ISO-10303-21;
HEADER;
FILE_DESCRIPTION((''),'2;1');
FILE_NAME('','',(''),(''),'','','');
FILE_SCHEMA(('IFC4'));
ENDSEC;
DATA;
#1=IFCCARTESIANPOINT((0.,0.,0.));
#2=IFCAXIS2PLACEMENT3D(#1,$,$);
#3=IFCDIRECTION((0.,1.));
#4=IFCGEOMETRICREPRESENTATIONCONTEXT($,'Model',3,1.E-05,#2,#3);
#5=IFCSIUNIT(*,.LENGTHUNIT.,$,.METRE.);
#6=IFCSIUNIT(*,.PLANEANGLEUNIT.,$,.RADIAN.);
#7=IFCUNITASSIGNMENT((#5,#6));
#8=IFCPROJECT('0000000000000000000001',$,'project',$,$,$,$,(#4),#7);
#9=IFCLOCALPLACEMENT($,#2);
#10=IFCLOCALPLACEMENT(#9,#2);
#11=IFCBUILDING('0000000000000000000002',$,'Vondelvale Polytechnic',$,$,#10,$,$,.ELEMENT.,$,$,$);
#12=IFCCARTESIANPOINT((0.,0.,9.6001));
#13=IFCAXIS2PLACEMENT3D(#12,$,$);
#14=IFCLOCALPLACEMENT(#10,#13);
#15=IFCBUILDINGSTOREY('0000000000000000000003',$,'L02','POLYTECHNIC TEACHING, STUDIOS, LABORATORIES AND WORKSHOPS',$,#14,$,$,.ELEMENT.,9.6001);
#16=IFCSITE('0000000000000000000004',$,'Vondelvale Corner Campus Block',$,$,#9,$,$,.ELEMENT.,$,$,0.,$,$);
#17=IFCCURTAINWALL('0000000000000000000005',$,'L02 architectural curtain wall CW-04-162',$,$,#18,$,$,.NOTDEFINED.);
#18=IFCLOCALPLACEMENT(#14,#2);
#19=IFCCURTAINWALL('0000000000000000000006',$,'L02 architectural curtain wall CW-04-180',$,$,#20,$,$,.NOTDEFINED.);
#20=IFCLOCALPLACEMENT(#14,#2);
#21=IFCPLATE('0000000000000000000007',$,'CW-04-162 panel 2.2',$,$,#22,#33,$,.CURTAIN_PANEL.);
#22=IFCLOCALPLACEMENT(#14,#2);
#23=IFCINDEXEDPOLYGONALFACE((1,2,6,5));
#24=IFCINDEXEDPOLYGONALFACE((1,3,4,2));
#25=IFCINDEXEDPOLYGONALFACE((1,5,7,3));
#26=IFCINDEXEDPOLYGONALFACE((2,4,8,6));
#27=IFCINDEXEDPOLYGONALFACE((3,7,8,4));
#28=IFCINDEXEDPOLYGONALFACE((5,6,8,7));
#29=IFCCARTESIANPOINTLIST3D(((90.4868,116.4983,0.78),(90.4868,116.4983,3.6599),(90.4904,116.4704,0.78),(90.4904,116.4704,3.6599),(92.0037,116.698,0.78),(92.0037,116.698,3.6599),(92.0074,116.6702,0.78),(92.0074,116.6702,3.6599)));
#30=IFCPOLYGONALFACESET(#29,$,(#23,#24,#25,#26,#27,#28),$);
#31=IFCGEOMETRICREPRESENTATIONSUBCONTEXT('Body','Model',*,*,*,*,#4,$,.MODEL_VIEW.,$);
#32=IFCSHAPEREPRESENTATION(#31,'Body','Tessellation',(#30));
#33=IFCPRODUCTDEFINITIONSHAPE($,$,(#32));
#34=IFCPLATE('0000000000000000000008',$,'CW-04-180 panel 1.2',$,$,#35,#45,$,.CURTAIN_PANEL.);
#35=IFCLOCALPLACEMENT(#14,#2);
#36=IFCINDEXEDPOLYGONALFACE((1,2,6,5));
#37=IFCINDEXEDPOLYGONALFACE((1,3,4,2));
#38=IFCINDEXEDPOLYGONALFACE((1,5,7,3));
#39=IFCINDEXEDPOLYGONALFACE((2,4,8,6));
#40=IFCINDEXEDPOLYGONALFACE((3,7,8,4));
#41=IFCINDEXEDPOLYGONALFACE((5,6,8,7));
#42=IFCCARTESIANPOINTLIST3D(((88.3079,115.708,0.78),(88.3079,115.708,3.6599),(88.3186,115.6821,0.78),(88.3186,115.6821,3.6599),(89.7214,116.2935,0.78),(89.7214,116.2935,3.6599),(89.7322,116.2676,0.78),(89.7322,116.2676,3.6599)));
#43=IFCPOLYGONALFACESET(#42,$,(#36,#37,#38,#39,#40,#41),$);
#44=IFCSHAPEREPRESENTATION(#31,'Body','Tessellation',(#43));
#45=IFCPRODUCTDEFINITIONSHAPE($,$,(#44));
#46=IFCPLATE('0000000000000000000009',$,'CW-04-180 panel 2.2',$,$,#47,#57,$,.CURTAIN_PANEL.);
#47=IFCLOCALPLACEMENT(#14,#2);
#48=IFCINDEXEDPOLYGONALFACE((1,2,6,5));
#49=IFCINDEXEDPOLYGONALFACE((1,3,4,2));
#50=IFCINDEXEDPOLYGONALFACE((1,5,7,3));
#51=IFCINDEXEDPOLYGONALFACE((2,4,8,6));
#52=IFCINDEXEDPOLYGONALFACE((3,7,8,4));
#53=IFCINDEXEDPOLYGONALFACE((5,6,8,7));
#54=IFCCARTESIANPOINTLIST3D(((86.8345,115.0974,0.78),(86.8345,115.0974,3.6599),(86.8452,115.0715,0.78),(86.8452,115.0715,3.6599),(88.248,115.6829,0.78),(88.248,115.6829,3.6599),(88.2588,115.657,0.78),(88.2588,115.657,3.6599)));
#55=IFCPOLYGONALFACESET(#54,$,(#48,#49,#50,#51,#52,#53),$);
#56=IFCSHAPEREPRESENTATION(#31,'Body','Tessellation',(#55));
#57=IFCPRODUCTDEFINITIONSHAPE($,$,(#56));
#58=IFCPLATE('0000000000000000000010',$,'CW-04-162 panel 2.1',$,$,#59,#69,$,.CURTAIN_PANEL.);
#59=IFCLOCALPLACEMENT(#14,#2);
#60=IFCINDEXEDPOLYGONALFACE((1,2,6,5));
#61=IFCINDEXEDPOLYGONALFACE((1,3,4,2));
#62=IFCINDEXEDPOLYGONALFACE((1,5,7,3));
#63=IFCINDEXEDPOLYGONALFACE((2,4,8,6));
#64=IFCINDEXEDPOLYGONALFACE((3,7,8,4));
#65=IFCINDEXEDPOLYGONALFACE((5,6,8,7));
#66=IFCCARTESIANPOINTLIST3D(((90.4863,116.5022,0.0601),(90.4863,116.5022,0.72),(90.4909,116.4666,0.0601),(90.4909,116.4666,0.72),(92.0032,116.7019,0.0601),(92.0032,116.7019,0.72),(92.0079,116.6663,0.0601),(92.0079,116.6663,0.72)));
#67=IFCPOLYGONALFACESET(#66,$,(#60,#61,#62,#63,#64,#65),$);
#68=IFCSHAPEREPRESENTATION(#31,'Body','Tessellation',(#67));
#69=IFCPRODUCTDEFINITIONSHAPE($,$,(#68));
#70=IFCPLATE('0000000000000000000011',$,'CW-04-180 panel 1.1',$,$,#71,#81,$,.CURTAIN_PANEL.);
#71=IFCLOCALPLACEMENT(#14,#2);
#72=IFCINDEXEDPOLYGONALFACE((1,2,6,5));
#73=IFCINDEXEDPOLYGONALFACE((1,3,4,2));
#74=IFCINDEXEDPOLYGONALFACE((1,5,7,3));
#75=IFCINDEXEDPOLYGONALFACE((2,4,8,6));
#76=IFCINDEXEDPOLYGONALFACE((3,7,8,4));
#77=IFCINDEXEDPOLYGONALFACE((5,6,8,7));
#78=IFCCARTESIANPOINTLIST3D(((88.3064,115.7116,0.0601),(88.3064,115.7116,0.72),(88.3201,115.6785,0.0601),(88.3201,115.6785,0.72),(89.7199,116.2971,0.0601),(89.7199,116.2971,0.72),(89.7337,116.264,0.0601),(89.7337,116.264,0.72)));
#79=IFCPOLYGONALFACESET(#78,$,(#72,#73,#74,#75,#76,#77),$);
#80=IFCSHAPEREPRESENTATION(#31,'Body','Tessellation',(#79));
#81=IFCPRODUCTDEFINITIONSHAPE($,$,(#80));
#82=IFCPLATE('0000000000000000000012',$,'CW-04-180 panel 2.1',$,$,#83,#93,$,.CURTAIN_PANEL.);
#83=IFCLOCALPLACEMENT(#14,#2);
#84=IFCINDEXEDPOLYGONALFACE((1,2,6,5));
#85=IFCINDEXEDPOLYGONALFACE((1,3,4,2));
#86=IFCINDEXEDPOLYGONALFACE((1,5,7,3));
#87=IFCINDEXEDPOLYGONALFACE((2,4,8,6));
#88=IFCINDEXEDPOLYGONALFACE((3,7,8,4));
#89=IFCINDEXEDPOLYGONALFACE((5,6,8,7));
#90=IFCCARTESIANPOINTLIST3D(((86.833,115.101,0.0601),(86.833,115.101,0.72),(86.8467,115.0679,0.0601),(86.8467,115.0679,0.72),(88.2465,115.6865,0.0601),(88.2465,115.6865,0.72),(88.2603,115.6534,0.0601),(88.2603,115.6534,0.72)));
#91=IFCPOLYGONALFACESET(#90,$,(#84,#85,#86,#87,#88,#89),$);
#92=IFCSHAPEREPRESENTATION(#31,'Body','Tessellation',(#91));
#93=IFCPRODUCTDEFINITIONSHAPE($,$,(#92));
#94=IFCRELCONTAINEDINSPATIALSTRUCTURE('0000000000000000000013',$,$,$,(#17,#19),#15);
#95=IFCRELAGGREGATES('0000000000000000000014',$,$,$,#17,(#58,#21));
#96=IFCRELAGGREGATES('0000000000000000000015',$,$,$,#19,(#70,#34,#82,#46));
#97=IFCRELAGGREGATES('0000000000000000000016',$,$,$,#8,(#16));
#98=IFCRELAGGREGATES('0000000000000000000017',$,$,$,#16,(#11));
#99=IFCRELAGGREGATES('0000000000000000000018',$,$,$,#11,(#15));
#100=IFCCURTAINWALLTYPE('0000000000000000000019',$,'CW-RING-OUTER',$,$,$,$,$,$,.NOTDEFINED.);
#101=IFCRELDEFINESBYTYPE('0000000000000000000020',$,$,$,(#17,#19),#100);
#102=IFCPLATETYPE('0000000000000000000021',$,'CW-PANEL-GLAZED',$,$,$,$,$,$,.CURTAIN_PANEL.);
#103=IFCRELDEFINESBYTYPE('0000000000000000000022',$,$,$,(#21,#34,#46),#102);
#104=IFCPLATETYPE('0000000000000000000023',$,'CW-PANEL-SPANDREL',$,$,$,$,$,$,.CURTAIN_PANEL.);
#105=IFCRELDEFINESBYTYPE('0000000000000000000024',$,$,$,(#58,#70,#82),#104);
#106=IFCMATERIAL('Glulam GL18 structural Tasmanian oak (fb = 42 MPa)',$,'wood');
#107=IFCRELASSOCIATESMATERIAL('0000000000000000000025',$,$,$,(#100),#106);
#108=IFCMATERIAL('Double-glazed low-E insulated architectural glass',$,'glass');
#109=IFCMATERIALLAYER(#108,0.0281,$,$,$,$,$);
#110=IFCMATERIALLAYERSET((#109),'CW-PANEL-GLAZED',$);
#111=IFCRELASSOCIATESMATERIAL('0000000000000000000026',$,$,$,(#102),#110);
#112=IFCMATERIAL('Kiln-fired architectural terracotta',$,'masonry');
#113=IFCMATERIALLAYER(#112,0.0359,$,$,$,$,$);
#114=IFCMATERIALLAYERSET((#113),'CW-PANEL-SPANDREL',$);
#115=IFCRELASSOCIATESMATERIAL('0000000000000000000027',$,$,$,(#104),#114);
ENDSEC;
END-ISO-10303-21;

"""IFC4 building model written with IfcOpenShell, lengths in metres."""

from ifc_helpers import new_model, si_unit, direction, frame, origin, origin_2d, place, context, subcontext, project, spatial, rectangle, extrude, material, layer, layer_set, type_object, element, aggregate, save


model = new_model("IFC4")

# Units and contexts
model_context = context("Model", 3, precision=1e-05, world=origin(), true_north=direction((0.0, 1.0)))
body_context = subcontext(model_context, "Body", "Model", "MODEL_VIEW")
ifc_project = project(units=[si_unit("LENGTHUNIT", "METRE"), si_unit("PLANEANGLEUNIT", "RADIAN")], contexts=[model_context])

# Site, building, storey
site_placement = place(None, origin())
site = spatial("IfcSite", under=ifc_project, at=site_placement, Name="Vondelvale Corner Campus Block", CompositionType="ELEMENT", RefElevation=0.0)
building_placement = place(site_placement, origin())
building = spatial("IfcBuilding", under=site, at=building_placement, Name="Vondelvale Polytechnic", CompositionType="ELEMENT")
storey_placement = place(building_placement, frame((0.0, 0.0, 9.6001)))
storey = spatial("IfcBuildingStorey", under=building, at=storey_placement, Name="L02", Description="POLYTECHNIC TEACHING, STUDIOS, LABORATORIES AND WORKSHOPS", CompositionType="ELEMENT", Elevation=9.6001)

# Shared definitions
ifc_material_1 = material(Name="Glulam GL18 structural Tasmanian oak (fb = 42 MPa)", Category="wood")

# Curtain wall
curtain_wall_type = type_object("IfcCurtainWallType", Name="CW-RING-OUTER", PredefinedType="NOTDEFINED", material=ifc_material_1)
curtain_wall_1_placement = place(storey_placement, origin())
curtain_wall_1 = element("IfcCurtainWall", 1, at=curtain_wall_1_placement, inside=storey, type_object=curtain_wall_type, Name="L02 architectural curtain wall CW-04-162", PredefinedType="NOTDEFINED")

# Curtain wall
curtain_wall_2_placement = place(storey_placement, origin())
curtain_wall_2 = element("IfcCurtainWall", 2, at=curtain_wall_2_placement, inside=storey, type_object=curtain_wall_type, Name="L02 architectural curtain wall CW-04-180", PredefinedType="NOTDEFINED")

# Plates
ifc_material_2 = material(Name="Double-glazed low-E insulated architectural glass", Category="glass")
ifc_layer_1 = layer(ifc_material_2, 0.0281)
ifc_layer_set_1 = layer_set([ifc_layer_1], Name="CW-PANEL-GLAZED")
plate_type_1 = type_object("IfcPlateType", Name="CW-PANEL-GLAZED", PredefinedType="CURTAIN_PANEL", material=ifc_layer_set_1)
plate_1_placement = place(storey_placement, frame((91.2471, 116.5842, 0.78), z_axis=(0.0, 0.0, 1.0), x_axis=(-0.991443, -0.13054, 0.0)))
plate_1 = element("IfcPlate", 3, at=plate_1_placement, type_object=plate_type_1, Name="CW-04-162 panel 2.2", PredefinedType="CURTAIN_PANEL", context=body_context, shape_type="SweptSolid", body=[
    extrude(rectangle(XDim=1.53, YDim=0.0281, at=origin_2d()), origin(), (0.0, 0.0, 1.0), 2.8799),
])
plate_2_placement = place(storey_placement, frame((89.02, 115.9878, 0.78), z_axis=(0.0, 0.0, 1.0), x_axis=(-0.923882, -0.382677, 0.0)))
plate_2 = element("IfcPlate", 4, at=plate_2_placement, type_object=plate_type_1, Name="CW-04-180 panel 1.2", PredefinedType="CURTAIN_PANEL", context=body_context, shape_type="SweptSolid", body=[
    extrude(rectangle(XDim=1.53, YDim=0.0281, at=origin_2d()), origin(), (0.0, 0.0, 1.0), 2.8799),
])
plate_3_placement = place(storey_placement, frame((87.5466, 115.3772, 0.78), z_axis=(0.0, 0.0, 1.0), x_axis=(-0.923882, -0.382677, 0.0)))
plate_3 = element("IfcPlate", 5, at=plate_3_placement, type_object=plate_type_1, Name="CW-04-180 panel 2.2", PredefinedType="CURTAIN_PANEL", context=body_context, shape_type="SweptSolid", body=[
    extrude(rectangle(XDim=1.53, YDim=0.0281, at=origin_2d()), origin(), (0.0, 0.0, 1.0), 2.8799),
])
ifc_material_3 = material(Name="Kiln-fired architectural terracotta", Category="masonry")
ifc_layer_2 = layer(ifc_material_3, 0.0359)
ifc_layer_set_2 = layer_set([ifc_layer_2], Name="CW-PANEL-SPANDREL")
plate_type_2 = type_object("IfcPlateType", Name="CW-PANEL-SPANDREL", PredefinedType="CURTAIN_PANEL", material=ifc_layer_set_2)
plate_4_placement = place(storey_placement, frame((91.2471, 116.5842, 0.0601), z_axis=(0.0, 0.0, 1.0), x_axis=(-0.991443, -0.13054, 0.0)))
plate_4 = element("IfcPlate", 6, at=plate_4_placement, type_object=plate_type_2, Name="CW-04-162 panel 2.1", PredefinedType="CURTAIN_PANEL", context=body_context, shape_type="SweptSolid", body=[
    extrude(rectangle(XDim=1.53, YDim=0.0359, at=origin_2d()), origin(), (0.0, 0.0, 1.0), 0.6599),
])
aggregate(curtain_wall_1, [plate_4, plate_1])
plate_5_placement = place(storey_placement, frame((89.02, 115.9878, 0.0601), z_axis=(0.0, 0.0, 1.0), x_axis=(-0.923882, -0.382677, 0.0)))
plate_5 = element("IfcPlate", 7, at=plate_5_placement, type_object=plate_type_2, Name="CW-04-180 panel 1.1", PredefinedType="CURTAIN_PANEL", context=body_context, shape_type="SweptSolid", body=[
    extrude(rectangle(XDim=1.53, YDim=0.0359, at=origin_2d()), origin(), (0.0, 0.0, 1.0), 0.6599),
])
plate_6_placement = place(storey_placement, frame((87.5466, 115.3772, 0.0601), z_axis=(0.0, 0.0, 1.0), x_axis=(-0.923882, -0.382677, 0.0)))
plate_6 = element("IfcPlate", 8, at=plate_6_placement, type_object=plate_type_2, Name="CW-04-180 panel 2.1", PredefinedType="CURTAIN_PANEL", context=body_context, shape_type="SweptSolid", body=[
    extrude(rectangle(XDim=1.53, YDim=0.0359, at=origin_2d()), origin(), (0.0, 0.0, 1.0), 0.6599),
])
aggregate(curtain_wall_2, [plate_5, plate_2, plate_6, plate_3])

save(model, "model.ifc")
